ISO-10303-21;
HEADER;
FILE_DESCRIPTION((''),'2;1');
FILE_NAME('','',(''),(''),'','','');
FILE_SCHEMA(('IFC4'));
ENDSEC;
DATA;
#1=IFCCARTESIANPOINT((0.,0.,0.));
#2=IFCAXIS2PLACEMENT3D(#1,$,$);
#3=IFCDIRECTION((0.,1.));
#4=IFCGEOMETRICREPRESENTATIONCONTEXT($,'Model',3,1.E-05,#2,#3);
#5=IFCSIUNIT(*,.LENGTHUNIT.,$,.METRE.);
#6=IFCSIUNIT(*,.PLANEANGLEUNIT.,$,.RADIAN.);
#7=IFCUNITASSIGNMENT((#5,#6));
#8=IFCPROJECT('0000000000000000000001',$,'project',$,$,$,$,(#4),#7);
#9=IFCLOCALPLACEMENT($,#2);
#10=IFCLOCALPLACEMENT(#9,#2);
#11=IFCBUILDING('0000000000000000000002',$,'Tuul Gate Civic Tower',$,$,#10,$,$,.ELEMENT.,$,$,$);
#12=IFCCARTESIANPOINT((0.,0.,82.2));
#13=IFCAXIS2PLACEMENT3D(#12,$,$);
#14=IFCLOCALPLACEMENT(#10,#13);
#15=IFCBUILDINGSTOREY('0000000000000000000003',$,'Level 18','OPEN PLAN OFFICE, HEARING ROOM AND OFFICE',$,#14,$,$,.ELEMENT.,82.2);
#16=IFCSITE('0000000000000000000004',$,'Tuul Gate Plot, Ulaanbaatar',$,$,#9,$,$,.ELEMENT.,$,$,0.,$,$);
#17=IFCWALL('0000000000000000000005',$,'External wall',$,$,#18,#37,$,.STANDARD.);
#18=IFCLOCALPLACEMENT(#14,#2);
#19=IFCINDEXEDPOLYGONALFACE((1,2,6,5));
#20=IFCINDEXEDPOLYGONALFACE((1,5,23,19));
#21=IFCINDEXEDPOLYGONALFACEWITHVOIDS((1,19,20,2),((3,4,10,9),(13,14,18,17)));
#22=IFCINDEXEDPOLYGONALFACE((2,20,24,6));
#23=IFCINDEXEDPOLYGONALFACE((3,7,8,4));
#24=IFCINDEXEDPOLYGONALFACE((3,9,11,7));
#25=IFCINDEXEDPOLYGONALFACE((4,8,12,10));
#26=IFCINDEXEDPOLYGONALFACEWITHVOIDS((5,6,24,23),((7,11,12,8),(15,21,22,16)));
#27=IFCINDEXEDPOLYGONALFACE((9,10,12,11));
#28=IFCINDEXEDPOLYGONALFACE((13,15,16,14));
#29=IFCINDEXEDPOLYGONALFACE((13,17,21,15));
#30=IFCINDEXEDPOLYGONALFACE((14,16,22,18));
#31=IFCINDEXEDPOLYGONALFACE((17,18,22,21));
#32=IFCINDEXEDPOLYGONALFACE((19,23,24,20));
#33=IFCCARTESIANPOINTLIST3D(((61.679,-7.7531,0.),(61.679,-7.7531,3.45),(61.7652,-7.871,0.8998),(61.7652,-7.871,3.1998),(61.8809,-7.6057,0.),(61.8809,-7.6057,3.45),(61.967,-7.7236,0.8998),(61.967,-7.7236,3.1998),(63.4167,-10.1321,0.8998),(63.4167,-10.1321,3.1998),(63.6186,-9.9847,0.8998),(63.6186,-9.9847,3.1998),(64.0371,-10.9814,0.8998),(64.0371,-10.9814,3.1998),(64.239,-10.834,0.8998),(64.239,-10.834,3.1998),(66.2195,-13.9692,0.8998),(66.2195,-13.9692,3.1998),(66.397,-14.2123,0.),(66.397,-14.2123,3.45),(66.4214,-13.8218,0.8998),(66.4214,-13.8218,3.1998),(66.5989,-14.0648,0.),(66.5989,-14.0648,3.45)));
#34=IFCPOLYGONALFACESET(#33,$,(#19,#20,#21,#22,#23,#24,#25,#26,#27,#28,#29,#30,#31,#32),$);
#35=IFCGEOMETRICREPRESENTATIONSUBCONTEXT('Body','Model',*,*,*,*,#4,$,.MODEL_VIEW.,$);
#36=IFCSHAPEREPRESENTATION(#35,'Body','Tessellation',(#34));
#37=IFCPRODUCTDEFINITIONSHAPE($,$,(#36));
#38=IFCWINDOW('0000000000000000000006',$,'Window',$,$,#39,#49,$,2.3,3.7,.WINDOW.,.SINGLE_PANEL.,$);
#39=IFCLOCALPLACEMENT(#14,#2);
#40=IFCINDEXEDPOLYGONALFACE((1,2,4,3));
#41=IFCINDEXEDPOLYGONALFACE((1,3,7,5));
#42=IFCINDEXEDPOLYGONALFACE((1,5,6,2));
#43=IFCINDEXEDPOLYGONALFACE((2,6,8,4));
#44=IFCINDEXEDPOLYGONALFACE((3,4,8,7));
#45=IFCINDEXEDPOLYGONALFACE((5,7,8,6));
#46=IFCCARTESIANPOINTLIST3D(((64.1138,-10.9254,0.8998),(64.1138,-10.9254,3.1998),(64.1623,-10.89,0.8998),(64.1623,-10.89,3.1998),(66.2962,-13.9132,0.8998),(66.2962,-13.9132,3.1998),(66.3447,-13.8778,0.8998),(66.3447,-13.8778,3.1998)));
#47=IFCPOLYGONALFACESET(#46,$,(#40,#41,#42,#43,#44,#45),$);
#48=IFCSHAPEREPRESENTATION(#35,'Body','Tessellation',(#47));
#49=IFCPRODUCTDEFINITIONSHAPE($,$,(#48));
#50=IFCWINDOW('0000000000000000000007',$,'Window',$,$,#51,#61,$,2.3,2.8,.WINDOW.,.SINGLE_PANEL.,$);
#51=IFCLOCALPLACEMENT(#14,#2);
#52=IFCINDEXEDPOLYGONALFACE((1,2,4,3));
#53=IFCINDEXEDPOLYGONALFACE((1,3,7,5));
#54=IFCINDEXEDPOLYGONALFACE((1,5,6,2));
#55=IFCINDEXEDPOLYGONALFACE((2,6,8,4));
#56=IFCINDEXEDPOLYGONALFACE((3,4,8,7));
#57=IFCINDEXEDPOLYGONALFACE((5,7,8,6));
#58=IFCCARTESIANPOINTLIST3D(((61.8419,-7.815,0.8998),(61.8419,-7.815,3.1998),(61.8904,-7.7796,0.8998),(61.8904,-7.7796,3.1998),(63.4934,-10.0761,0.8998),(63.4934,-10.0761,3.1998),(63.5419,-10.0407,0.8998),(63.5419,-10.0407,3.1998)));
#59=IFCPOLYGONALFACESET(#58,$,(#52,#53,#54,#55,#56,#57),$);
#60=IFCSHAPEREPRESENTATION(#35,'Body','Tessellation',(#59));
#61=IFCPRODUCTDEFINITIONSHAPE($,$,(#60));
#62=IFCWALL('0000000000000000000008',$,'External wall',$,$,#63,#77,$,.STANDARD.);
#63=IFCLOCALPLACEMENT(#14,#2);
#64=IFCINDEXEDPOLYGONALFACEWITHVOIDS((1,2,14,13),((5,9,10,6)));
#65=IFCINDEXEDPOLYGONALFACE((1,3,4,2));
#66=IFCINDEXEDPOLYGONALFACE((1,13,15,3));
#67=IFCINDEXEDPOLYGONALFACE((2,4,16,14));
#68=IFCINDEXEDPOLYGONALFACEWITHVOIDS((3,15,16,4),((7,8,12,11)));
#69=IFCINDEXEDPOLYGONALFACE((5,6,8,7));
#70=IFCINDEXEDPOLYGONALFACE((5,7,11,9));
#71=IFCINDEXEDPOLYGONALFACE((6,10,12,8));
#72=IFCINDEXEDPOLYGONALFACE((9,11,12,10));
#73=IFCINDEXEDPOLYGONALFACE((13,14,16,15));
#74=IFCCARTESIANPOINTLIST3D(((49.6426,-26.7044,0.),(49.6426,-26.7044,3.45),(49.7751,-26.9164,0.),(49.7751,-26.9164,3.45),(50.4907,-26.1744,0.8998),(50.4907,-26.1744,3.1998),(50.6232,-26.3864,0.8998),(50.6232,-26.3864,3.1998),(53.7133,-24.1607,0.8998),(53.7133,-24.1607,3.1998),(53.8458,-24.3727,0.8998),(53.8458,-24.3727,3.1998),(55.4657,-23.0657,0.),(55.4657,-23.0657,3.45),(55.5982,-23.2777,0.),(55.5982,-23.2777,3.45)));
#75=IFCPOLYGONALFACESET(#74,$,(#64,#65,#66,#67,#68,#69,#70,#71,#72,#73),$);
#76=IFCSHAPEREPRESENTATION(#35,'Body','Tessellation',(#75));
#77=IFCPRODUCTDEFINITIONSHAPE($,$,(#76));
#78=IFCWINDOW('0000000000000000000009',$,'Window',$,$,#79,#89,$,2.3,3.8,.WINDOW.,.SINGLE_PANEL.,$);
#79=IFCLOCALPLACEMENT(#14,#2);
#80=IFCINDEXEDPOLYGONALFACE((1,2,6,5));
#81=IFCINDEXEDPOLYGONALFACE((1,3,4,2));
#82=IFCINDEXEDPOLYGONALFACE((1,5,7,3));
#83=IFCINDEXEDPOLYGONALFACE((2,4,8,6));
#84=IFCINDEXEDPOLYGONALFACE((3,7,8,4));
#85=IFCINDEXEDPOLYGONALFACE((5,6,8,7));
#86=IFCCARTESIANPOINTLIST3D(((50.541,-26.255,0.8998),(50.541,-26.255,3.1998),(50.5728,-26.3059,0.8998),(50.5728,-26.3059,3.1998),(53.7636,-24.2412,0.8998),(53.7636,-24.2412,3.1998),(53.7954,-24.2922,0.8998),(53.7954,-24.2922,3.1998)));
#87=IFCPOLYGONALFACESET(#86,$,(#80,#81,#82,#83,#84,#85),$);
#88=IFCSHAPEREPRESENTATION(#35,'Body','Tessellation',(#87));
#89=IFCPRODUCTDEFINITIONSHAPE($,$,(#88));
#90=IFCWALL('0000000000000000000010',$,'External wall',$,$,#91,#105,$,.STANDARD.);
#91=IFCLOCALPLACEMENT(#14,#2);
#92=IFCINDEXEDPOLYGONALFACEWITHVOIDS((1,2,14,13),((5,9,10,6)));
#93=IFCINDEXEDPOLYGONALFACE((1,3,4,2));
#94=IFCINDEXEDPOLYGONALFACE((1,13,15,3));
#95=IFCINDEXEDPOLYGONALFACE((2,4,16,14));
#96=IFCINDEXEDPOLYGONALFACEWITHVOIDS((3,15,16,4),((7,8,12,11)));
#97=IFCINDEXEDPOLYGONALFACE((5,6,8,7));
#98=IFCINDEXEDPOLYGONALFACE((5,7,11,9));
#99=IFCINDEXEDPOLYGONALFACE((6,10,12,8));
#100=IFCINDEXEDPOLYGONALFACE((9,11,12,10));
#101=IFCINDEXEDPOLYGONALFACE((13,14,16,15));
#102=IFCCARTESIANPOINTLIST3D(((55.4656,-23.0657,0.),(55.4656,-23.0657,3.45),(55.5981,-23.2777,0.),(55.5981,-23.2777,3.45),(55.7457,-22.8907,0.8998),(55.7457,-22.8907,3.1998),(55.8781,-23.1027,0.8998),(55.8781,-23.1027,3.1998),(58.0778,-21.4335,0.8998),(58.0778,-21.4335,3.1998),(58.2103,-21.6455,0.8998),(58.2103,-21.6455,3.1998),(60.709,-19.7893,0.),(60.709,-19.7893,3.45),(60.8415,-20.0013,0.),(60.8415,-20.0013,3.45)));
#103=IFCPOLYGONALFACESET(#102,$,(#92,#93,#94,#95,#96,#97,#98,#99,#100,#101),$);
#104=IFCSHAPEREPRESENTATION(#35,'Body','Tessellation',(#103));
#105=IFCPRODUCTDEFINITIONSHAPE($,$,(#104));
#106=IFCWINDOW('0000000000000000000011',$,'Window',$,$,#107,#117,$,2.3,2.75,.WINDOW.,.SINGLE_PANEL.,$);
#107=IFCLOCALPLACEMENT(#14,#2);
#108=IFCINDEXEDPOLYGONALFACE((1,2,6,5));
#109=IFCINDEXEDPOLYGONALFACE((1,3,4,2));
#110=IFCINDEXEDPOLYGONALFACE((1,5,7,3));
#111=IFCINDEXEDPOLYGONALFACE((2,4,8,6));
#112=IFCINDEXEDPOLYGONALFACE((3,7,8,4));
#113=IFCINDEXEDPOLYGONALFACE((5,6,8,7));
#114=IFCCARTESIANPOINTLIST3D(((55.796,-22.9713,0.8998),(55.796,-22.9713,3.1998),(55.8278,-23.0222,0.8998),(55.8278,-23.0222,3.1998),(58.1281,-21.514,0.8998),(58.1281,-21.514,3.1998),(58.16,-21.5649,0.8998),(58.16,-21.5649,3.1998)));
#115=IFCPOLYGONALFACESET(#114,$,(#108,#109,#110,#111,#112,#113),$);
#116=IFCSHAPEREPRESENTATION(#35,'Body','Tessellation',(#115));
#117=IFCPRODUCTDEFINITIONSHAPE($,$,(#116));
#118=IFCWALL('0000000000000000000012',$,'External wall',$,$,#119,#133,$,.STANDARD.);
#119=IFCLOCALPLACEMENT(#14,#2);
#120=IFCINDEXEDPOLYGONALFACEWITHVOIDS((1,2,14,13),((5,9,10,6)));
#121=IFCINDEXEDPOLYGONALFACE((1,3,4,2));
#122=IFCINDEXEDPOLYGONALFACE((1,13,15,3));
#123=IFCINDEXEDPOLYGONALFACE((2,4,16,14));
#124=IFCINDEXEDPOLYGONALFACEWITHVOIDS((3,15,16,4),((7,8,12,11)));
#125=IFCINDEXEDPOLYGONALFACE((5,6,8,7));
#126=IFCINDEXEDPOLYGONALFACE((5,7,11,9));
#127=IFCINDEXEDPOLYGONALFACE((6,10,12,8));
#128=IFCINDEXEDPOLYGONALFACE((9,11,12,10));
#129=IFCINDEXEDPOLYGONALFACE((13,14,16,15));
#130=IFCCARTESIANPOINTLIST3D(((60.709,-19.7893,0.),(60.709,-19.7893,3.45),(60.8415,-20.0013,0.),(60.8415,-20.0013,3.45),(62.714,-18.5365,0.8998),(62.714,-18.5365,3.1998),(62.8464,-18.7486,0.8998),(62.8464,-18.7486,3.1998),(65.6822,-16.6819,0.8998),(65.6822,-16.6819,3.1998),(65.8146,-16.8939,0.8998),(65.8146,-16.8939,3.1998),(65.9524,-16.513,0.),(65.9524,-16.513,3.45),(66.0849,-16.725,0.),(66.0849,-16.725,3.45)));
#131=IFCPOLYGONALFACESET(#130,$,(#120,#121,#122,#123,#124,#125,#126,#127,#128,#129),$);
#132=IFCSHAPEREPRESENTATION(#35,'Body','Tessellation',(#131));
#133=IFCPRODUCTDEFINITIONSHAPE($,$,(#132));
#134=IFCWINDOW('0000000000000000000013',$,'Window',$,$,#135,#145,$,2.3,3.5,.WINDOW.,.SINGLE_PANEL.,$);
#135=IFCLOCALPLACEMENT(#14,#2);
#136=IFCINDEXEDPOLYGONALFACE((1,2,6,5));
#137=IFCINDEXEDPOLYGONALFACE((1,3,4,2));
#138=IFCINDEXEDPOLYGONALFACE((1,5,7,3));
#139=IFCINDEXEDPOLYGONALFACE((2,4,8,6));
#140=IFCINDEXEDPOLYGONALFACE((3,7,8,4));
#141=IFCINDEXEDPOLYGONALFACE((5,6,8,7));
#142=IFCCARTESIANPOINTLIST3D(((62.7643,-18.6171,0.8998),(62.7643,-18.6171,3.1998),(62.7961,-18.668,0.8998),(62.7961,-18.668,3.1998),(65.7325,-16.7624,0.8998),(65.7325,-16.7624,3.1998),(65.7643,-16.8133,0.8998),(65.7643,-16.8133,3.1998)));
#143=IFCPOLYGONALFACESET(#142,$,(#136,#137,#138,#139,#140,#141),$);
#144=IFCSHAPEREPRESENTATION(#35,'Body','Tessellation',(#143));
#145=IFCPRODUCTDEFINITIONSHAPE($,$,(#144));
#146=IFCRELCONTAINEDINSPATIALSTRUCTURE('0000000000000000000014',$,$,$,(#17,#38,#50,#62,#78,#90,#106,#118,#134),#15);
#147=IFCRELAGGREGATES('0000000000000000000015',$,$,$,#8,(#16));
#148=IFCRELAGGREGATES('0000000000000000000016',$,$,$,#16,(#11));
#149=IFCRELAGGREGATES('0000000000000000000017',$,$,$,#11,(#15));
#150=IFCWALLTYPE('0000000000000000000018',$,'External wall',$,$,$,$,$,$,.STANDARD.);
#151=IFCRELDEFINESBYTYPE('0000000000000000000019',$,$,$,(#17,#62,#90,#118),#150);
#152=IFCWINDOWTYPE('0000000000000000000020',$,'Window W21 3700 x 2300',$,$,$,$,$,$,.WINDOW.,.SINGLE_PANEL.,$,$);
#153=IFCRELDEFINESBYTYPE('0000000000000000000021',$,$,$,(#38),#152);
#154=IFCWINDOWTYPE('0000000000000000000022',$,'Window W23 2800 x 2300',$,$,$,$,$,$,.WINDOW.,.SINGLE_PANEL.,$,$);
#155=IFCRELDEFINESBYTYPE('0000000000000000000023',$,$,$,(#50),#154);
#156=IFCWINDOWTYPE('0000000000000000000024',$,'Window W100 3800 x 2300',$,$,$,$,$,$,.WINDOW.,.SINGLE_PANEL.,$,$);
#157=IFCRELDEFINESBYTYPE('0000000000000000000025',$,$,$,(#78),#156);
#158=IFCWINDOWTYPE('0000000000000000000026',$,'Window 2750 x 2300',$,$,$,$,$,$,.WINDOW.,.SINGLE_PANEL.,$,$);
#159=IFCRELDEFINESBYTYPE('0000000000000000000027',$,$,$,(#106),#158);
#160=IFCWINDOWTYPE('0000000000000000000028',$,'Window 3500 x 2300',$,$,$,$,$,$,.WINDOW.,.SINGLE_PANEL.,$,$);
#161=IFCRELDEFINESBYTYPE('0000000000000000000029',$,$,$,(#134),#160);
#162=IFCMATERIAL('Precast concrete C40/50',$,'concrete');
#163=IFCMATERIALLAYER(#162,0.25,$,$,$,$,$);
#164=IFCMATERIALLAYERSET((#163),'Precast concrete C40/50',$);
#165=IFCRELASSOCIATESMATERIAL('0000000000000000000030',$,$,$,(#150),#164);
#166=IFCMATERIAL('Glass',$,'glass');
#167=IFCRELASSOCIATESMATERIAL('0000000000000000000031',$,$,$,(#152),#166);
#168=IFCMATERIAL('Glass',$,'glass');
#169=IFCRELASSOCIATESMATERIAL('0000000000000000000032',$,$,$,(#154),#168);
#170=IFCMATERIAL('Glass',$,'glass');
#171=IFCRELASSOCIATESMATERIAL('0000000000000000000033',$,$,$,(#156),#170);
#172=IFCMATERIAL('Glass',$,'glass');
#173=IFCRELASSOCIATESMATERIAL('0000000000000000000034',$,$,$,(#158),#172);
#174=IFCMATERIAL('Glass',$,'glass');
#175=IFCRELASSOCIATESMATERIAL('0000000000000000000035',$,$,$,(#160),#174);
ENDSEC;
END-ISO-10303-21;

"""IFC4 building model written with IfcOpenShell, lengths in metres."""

from ifc_helpers import new_model, si_unit, direction, frame, frame_2d, origin, place, context, subcontext, project, spatial, rectangle, extrude, material, layer, layer_set, type_object, element, fill, save


model = new_model("IFC4")

# Units and contexts
model_context = context("Model", 3, precision=1e-05, world=origin(), true_north=direction((0.0, 1.0)))
body_context = subcontext(model_context, "Body", "Model", "MODEL_VIEW")
ifc_project = project(units=[si_unit("LENGTHUNIT", "METRE"), si_unit("PLANEANGLEUNIT", "RADIAN")], contexts=[model_context])

# Site, building, storey
site_placement = place(None, origin())
site = spatial("IfcSite", under=ifc_project, at=site_placement, Name="Tuul Gate Plot, Ulaanbaatar", CompositionType="ELEMENT", RefElevation=0.0)
building_placement = place(site_placement, origin())
building = spatial("IfcBuilding", under=site, at=building_placement, Name="Tuul Gate Civic Tower", CompositionType="ELEMENT")
storey_placement = place(building_placement, frame((0.0, 0.0, 82.2)))
storey = spatial("IfcBuildingStorey", under=building, at=storey_placement, Name="Level 18", Description="OPEN PLAN OFFICE, HEARING ROOM AND OFFICE", CompositionType="ELEMENT", Elevation=82.2)

# Shared definitions
ifc_material_1 = material(Name="Precast concrete C40/50", Category="concrete")
ifc_layer = layer(ifc_material_1, 0.25)
ifc_layer_set = layer_set([ifc_layer], Name="Precast concrete C40/50")
wall_type = type_object("IfcWallType", Name="External wall", PredefinedType="STANDARD", material=ifc_layer_set)

# Wall, openings, windows
wall_1_placement = place(storey_placement, frame((66.498, -14.1387, 0.0), z_axis=(0.0, 0.0, 1.0), x_axis=(-0.589838, 0.807521, 0.0)))
wall_1 = element("IfcWall", 1, at=wall_1_placement, inside=storey, type_object=wall_type, Name="External wall", PredefinedType="STANDARD", context=body_context, shape_type="SweptSolid", body=[
    extrude(rectangle(XDim=7.9988, YDim=0.25, at=frame_2d((3.9995, 0.0))), origin(), (0.0, 0.0, 1.0), 3.45),
])
opening_1_placement = place(wall_1_placement, frame((0.301, 0.0, 0.8999)))
opening_1 = element("IfcOpeningElement", 2, at=opening_1_placement, cuts=wall_1, PredefinedType="OPENING", context=body_context, shape_type="SweptSolid", body=[
    extrude(rectangle(XDim=3.7, YDim=2.3, at=frame_2d((1.8501, 1.1499))), frame((0.0, 0.135, 0.0), z_axis=(0.0, -1.0, 0.0), x_axis=(1.0, 0.0, 0.0)), (0.0, 0.0, 1.0), 0.27),
])
opening_2_placement = place(wall_1_placement, frame((5.053, 0.0, 0.8999)))
opening_2 = element("IfcOpeningElement", 3, at=opening_2_placement, cuts=wall_1, PredefinedType="OPENING", context=body_context, shape_type="SweptSolid", body=[
    extrude(rectangle(XDim=2.8, YDim=2.3, at=frame_2d((1.3999, 1.1499))), frame((0.0, 0.135, 0.0), z_axis=(0.0, -1.0, 0.0), x_axis=(1.0, 0.0, 0.0)), (0.0, 0.0, 1.0), 0.27),
])
ifc_material_2 = material(Name="Glass", Category="glass")
window_type_1 = type_object("IfcWindowType", Name="Window W21 3700 x 2300", PartitioningType="SINGLE_PANEL", PredefinedType="WINDOW", material=ifc_material_2)
window_1_placement = place(opening_1_placement, origin())
window_1 = element("IfcWindow", 4, at=window_1_placement, inside=storey, type_object=window_type_1, Name="Window", OverallHeight=2.3, OverallWidth=3.7, PartitioningType="SINGLE_PANEL", PredefinedType="WINDOW", context=body_context, shape_type="SweptSolid", body=[
    extrude(rectangle(XDim=3.7, YDim=2.3, at=frame_2d((1.8501, 1.1499))), frame((0.0, 0.03, 0.0), z_axis=(0.0, -1.0, 0.0), x_axis=(1.0, 0.0, 0.0)), (0.0, 0.0, 1.0), 0.0601),
])
fill(opening_1, window_1)
ifc_material_3 = material(Name="Glass", Category="glass")
window_type_2 = type_object("IfcWindowType", Name="Window W23 2800 x 2300", PartitioningType="SINGLE_PANEL", PredefinedType="WINDOW", material=ifc_material_3)
window_2_placement = place(opening_2_placement, origin())
window_2 = element("IfcWindow", 5, at=window_2_placement, inside=storey, type_object=window_type_2, Name="Window", OverallHeight=2.3, OverallWidth=2.8, PartitioningType="SINGLE_PANEL", PredefinedType="WINDOW", context=body_context, shape_type="SweptSolid", body=[
    extrude(rectangle(XDim=2.8, YDim=2.3, at=frame_2d((1.3999, 1.1499))), frame((0.0, 0.03, 0.0), z_axis=(0.0, -1.0, 0.0), x_axis=(1.0, 0.0, 0.0)), (0.0, 0.0, 1.0), 0.0601),
])
fill(opening_2, window_2)

# Walls, openings, windows
wall_2_placement = place(storey_placement, frame((49.709, -26.8103, 0.0), z_axis=(0.0, 0.0, 1.0), x_axis=(0.848044, 0.529925, 0.0)))
wall_2 = element("IfcWall", 6, at=wall_2_placement, inside=storey, type_object=wall_type, Name="External wall", PredefinedType="STANDARD", context=body_context, shape_type="SweptSolid", body=[
    extrude(rectangle(XDim=6.8665, YDim=0.25, at=frame_2d((3.4331, 0.0))), origin(), (0.0, 0.0, 1.0), 3.45),
])
opening_3_placement = place(wall_2_placement, frame((1.0, 0.0, 0.8999)))
opening_3 = element("IfcOpeningElement", 7, at=opening_3_placement, cuts=wall_2, PredefinedType="OPENING", context=body_context, shape_type="SweptSolid", body=[
    extrude(rectangle(XDim=3.8, YDim=2.3, at=frame_2d((1.8999, 1.1499))), frame((0.0, 0.135, 0.0), z_axis=(0.0, -1.0, 0.0), x_axis=(1.0, 0.0, 0.0)), (0.0, 0.0, 1.0), 0.27),
])
ifc_material_4 = material(Name="Glass", Category="glass")
window_type_3 = type_object("IfcWindowType", Name="Window W100 3800 x 2300", PartitioningType="SINGLE_PANEL", PredefinedType="WINDOW", material=ifc_material_4)
window_3_placement = place(opening_3_placement, origin())
window_3 = element("IfcWindow", 8, at=window_3_placement, inside=storey, type_object=window_type_3, Name="Window", OverallHeight=2.3, OverallWidth=3.8, PartitioningType="SINGLE_PANEL", PredefinedType="WINDOW", context=body_context, shape_type="SweptSolid", body=[
    extrude(rectangle(XDim=3.8, YDim=2.3, at=frame_2d((1.8999, 1.1499))), frame((0.0, 0.03, 0.0), z_axis=(0.0, -1.0, 0.0), x_axis=(1.0, 0.0, 0.0)), (0.0, 0.0, 1.0), 0.0601),
])
fill(opening_3, window_3)
wall_3_placement = place(storey_placement, frame((55.532, -23.1716, 0.0), z_axis=(0.0, 0.0, 1.0), x_axis=(0.848054, 0.52991, 0.0)))
wall_3 = element("IfcWall", 9, at=wall_3_placement, inside=storey, type_object=wall_type, Name="External wall", PredefinedType="STANDARD", context=body_context, shape_type="SweptSolid", body=[
    extrude(rectangle(XDim=6.1829, YDim=0.25, at=frame_2d((3.0913, 0.0))), origin(), (0.0, 0.0, 1.0), 3.45),
])
opening_4_placement = place(wall_3_placement, frame((0.3301, 0.0, 0.8999)))
opening_4 = element("IfcOpeningElement", 10, at=opening_4_placement, cuts=wall_3, PredefinedType="OPENING", context=body_context, shape_type="SweptSolid", body=[
    extrude(rectangle(XDim=2.75, YDim=2.3, at=frame_2d((1.375, 1.1499))), frame((0.0, 0.135, 0.0), z_axis=(0.0, -1.0, 0.0), x_axis=(1.0, 0.0, 0.0)), (0.0, 0.0, 1.0), 0.27),
])
ifc_material_5 = material(Name="Glass", Category="glass")
window_type_4 = type_object("IfcWindowType", Name="Window 2750 x 2300", PartitioningType="SINGLE_PANEL", PredefinedType="WINDOW", material=ifc_material_5)
window_4_placement = place(opening_4_placement, origin())
window_4 = element("IfcWindow", 11, at=window_4_placement, inside=storey, type_object=window_type_4, Name="Window", OverallHeight=2.3, OverallWidth=2.75, PartitioningType="SINGLE_PANEL", PredefinedType="WINDOW", context=body_context, shape_type="SweptSolid", body=[
    extrude(rectangle(XDim=2.75, YDim=2.3, at=frame_2d((1.375, 1.1499))), frame((0.0, 0.03, 0.0), z_axis=(0.0, -1.0, 0.0), x_axis=(1.0, 0.0, 0.0)), (0.0, 0.0, 1.0), 0.0601),
])
fill(opening_4, window_4)
wall_4_placement = place(storey_placement, frame((60.7754, -19.8953, 0.0), z_axis=(0.0, 0.0, 1.0), x_axis=(0.848054, 0.52991, 0.0)))
wall_4 = element("IfcWall", 12, at=wall_4_placement, inside=storey, type_object=wall_type, Name="External wall", PredefinedType="STANDARD", context=body_context, shape_type="SweptSolid", body=[
    extrude(rectangle(XDim=6.1829, YDim=0.25, at=frame_2d((3.0913, 0.0))), origin(), (0.0, 0.0, 1.0), 3.45),
])
opening_5_placement = place(wall_4_placement, frame((2.364, 0.0, 0.8999)))
opening_5 = element("IfcOpeningElement", 13, at=opening_5_placement, cuts=wall_4, PredefinedType="OPENING", context=body_context, shape_type="SweptSolid", body=[
    extrude(rectangle(XDim=3.5, YDim=2.3, at=frame_2d((1.75, 1.1499))), frame((0.0, 0.135, 0.0), z_axis=(0.0, -1.0, 0.0), x_axis=(1.0, 0.0, 0.0)), (0.0, 0.0, 1.0), 0.27),
])
ifc_material_6 = material(Name="Glass", Category="glass")
window_type_5 = type_object("IfcWindowType", Name="Window 3500 x 2300", PartitioningType="SINGLE_PANEL", PredefinedType="WINDOW", material=ifc_material_6)
window_5_placement = place(opening_5_placement, origin())
window_5 = element("IfcWindow", 14, at=window_5_placement, inside=storey, type_object=window_type_5, Name="Window", OverallHeight=2.3, OverallWidth=3.5, PartitioningType="SINGLE_PANEL", PredefinedType="WINDOW", context=body_context, shape_type="SweptSolid", body=[
    extrude(rectangle(XDim=3.5, YDim=2.3, at=frame_2d((1.75, 1.1499))), frame((0.0, 0.03, 0.0), z_axis=(0.0, -1.0, 0.0), x_axis=(1.0, 0.0, 0.0)), (0.0, 0.0, 1.0), 0.0601),
])
fill(opening_5, window_5)

save(model, "model.ifc")
